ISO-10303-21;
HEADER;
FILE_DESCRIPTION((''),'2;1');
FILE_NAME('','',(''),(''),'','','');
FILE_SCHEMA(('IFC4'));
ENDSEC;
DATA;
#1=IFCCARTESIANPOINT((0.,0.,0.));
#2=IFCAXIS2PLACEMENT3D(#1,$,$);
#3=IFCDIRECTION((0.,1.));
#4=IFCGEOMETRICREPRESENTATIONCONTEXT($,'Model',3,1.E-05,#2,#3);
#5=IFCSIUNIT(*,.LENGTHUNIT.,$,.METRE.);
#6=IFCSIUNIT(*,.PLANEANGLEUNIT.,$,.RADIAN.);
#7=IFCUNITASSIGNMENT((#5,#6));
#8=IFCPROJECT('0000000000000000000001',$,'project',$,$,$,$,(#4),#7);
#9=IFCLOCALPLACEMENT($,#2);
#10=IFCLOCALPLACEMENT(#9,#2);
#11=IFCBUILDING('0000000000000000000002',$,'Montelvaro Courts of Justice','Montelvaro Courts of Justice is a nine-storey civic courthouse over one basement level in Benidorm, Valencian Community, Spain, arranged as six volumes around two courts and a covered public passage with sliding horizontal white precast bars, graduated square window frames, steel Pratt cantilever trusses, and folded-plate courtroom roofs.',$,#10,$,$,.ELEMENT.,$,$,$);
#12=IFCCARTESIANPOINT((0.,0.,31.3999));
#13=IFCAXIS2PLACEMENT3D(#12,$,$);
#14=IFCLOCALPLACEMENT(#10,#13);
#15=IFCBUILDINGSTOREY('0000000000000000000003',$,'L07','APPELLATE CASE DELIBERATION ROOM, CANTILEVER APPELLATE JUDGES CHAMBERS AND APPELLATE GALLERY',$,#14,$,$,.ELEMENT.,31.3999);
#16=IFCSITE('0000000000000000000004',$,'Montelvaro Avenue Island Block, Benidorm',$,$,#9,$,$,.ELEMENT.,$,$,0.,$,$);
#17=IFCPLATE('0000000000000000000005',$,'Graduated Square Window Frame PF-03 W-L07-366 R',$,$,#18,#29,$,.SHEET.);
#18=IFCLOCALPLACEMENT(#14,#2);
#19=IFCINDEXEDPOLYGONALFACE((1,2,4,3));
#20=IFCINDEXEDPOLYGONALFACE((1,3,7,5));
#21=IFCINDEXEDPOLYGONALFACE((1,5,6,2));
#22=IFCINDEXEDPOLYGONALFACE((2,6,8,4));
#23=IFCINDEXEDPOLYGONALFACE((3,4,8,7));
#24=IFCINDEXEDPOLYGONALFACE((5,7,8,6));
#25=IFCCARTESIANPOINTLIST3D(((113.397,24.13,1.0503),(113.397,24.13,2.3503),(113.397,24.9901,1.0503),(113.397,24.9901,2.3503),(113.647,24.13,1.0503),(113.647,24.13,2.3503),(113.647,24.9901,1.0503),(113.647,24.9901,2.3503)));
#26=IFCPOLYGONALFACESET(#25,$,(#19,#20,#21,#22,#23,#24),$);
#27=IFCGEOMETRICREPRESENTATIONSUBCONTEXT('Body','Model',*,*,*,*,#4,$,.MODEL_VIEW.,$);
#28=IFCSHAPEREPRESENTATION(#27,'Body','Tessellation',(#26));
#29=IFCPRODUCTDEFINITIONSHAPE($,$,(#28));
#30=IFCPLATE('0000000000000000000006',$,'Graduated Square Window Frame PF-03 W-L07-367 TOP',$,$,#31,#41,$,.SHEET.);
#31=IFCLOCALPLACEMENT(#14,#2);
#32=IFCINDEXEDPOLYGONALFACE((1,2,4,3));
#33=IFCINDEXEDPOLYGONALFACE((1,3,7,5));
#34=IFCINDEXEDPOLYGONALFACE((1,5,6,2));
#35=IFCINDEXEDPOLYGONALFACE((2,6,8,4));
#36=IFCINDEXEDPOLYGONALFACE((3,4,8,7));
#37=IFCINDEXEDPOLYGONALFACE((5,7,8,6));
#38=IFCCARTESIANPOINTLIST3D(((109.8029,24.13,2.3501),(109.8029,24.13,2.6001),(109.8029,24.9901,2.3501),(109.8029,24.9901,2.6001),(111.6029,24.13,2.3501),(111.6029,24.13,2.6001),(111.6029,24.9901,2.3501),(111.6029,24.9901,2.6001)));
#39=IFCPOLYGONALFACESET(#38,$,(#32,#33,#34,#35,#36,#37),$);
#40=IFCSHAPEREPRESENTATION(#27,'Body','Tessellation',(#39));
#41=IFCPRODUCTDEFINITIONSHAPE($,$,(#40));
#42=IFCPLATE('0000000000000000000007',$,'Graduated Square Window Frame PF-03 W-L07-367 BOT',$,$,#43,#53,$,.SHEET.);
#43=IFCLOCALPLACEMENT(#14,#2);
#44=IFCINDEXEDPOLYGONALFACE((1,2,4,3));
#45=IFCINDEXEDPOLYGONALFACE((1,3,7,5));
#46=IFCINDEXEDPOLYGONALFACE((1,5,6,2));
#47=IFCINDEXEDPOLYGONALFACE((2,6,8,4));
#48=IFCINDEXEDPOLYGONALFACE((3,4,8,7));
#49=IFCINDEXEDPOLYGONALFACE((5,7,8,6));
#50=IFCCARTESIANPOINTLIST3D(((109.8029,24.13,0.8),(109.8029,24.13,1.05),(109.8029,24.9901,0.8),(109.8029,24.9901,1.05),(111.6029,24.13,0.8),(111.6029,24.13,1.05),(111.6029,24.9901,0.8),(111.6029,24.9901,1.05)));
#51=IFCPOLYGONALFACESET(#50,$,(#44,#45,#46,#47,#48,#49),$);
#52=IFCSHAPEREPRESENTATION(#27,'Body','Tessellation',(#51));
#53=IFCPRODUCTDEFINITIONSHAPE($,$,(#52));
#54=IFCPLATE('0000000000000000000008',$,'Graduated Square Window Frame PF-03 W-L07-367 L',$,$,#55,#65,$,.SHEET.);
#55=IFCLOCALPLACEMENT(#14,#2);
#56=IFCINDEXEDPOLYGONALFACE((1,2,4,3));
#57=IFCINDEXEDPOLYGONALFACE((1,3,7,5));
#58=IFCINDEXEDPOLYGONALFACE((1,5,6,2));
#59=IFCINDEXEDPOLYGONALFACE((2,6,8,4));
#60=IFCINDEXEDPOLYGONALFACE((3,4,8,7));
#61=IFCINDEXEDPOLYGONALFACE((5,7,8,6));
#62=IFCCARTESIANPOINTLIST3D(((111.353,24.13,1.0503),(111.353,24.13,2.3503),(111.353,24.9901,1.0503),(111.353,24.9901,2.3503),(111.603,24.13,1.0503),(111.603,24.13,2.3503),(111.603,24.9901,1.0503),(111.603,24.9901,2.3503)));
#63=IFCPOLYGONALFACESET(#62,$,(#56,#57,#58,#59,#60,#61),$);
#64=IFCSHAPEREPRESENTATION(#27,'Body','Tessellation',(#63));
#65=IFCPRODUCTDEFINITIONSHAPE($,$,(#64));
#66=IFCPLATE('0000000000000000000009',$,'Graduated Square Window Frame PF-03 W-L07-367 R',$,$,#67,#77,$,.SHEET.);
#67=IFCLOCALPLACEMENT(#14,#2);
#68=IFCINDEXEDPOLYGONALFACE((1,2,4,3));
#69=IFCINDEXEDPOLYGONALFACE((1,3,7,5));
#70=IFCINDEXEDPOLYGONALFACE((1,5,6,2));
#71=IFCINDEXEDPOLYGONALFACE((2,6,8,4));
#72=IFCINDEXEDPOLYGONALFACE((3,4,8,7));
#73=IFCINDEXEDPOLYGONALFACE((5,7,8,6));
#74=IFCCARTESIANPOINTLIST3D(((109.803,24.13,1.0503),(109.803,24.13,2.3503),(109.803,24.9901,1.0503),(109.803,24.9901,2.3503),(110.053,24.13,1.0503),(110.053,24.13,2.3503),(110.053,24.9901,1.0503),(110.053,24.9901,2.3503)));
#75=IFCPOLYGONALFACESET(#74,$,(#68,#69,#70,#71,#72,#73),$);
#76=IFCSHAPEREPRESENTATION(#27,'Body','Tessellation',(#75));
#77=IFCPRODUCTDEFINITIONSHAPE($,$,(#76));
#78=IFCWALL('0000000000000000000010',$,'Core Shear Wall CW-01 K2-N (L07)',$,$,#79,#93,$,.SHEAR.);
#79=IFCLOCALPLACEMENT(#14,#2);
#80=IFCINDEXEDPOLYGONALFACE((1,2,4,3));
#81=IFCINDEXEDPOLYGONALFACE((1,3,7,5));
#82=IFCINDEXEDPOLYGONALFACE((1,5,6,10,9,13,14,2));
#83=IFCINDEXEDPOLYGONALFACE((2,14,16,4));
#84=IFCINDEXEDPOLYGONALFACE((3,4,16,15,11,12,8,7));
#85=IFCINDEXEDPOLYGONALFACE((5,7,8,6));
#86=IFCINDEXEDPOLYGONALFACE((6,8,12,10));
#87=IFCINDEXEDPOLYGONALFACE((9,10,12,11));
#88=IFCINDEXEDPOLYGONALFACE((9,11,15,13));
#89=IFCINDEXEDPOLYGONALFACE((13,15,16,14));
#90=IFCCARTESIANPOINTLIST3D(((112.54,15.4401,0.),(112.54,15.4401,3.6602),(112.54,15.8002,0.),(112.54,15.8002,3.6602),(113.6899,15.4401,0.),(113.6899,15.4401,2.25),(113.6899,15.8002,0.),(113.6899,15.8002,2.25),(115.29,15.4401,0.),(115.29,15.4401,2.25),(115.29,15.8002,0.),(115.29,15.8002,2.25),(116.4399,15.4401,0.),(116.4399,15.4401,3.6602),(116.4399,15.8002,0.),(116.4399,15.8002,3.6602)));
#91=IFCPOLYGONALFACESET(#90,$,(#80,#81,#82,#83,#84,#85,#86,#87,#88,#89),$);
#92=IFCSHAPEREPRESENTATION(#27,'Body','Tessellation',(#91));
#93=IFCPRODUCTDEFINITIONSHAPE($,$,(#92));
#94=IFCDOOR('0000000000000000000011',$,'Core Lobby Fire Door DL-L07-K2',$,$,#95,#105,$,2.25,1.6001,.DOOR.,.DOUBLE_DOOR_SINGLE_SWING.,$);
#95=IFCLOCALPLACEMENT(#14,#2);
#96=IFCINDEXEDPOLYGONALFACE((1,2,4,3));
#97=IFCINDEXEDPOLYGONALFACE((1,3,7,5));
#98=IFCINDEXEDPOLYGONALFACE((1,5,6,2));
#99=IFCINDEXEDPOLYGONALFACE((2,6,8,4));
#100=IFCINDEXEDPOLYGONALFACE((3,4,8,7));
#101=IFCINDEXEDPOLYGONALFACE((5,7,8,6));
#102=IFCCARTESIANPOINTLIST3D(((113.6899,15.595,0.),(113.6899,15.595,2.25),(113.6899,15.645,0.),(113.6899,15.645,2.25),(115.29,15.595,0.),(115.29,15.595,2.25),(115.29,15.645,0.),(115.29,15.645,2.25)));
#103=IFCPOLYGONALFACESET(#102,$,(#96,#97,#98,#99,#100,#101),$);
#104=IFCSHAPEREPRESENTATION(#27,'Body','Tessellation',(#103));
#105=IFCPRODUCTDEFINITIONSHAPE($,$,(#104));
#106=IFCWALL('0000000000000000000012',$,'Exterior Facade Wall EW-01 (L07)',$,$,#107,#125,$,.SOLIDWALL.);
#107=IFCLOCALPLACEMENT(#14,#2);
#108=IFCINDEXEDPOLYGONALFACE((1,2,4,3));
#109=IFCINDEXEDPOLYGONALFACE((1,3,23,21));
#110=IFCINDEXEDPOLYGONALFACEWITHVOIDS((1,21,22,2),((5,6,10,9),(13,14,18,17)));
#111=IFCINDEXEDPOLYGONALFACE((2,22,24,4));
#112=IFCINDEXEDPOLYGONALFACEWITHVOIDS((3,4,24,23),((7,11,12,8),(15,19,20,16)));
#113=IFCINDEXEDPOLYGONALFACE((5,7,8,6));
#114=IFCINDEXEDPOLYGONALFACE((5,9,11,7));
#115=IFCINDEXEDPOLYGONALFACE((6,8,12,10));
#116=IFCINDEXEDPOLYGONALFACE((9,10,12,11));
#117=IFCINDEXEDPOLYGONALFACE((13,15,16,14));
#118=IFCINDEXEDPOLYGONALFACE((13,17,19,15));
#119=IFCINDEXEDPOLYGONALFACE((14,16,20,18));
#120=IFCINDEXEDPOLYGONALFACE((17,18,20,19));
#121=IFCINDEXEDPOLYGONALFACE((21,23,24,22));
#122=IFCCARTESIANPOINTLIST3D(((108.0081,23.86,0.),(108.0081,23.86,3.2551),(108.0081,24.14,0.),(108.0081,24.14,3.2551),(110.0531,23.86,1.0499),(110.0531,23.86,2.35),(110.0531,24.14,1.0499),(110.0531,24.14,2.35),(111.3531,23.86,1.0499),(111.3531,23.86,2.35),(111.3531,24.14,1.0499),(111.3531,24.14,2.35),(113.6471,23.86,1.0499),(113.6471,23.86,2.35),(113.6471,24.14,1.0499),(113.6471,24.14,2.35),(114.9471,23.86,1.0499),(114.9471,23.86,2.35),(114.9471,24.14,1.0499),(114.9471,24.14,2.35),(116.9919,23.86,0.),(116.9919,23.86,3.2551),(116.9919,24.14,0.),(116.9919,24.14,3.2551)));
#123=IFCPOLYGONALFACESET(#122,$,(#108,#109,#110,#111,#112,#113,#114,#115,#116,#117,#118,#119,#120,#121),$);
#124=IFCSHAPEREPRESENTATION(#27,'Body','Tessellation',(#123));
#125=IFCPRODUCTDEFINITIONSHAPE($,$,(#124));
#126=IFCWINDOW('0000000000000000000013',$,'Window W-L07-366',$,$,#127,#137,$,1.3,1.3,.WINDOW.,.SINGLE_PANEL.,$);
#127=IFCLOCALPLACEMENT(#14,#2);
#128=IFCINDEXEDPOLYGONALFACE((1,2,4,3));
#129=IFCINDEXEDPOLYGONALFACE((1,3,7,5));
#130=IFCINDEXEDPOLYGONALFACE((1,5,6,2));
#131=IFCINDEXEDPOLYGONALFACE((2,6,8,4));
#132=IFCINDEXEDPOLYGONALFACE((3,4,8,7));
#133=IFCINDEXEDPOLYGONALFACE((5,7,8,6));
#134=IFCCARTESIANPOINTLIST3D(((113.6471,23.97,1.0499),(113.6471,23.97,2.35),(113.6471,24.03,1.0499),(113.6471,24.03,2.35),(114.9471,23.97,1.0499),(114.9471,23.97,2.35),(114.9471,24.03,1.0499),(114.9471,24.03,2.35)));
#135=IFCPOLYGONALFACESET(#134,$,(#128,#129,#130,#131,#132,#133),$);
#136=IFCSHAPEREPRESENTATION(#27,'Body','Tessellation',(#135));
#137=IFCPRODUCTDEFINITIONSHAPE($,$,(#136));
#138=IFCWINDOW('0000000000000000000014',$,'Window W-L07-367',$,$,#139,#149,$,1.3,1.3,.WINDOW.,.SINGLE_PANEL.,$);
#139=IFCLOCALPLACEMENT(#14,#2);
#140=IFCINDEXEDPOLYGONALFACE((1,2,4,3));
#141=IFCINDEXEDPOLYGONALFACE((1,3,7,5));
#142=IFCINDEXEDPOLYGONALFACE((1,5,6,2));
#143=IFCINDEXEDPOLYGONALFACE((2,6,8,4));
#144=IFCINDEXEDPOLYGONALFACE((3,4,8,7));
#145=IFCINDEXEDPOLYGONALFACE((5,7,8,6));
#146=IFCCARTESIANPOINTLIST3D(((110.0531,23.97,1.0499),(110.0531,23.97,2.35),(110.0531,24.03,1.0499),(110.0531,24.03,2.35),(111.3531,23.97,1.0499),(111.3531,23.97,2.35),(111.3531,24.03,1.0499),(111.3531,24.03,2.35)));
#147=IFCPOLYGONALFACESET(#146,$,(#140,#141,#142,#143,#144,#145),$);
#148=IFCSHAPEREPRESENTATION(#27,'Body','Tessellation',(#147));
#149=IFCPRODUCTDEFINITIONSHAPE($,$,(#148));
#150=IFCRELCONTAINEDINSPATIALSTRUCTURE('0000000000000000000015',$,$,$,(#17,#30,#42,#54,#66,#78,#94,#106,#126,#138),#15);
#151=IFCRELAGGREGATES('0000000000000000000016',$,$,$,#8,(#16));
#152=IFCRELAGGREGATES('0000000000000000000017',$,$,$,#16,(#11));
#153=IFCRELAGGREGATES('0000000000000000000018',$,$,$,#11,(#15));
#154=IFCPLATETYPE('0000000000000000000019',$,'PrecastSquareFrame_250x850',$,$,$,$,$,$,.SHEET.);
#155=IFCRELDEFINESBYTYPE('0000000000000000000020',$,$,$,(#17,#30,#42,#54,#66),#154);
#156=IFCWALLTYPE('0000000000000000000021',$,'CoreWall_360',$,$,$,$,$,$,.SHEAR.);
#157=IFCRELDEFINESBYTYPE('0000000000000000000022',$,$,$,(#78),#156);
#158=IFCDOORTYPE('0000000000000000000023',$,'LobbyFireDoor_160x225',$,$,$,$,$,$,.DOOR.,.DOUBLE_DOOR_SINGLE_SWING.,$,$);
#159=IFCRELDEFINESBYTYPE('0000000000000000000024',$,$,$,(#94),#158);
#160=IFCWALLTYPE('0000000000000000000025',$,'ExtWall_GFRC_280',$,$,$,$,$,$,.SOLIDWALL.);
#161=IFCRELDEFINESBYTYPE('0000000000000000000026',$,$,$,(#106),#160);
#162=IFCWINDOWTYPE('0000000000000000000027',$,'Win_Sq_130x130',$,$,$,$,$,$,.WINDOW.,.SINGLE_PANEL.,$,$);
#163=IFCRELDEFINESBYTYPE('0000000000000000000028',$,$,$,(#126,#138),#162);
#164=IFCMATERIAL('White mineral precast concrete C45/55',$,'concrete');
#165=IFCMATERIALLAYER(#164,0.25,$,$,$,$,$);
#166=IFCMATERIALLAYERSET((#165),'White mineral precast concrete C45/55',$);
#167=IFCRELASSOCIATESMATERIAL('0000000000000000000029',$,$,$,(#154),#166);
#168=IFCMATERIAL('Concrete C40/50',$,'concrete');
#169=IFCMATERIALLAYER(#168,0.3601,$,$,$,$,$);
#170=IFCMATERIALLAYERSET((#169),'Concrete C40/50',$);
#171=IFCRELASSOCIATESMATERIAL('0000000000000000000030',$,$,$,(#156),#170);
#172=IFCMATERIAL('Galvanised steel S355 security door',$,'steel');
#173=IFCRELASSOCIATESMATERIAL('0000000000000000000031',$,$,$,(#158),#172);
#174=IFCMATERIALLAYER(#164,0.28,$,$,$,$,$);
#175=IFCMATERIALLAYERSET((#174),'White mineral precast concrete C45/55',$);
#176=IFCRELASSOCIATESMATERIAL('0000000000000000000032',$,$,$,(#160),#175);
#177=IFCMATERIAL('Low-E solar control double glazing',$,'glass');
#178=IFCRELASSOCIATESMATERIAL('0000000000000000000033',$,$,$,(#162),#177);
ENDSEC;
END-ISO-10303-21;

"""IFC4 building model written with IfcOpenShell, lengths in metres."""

from ifc_helpers import new_model, si_unit, direction, frame, frame_2d, origin, origin_2d, place, context, subcontext, project, spatial, rectangle, extrude, material, layer, layer_set, type_object, element, fill, save


model = new_model("IFC4")

# Units and contexts
model_context = context("Model", 3, precision=1e-05, world=origin(), true_north=direction((0.0, 1.0)))
body_context = subcontext(model_context, "Body", "Model", "MODEL_VIEW")
ifc_project = project(units=[si_unit("LENGTHUNIT", "METRE"), si_unit("PLANEANGLEUNIT", "RADIAN")], contexts=[model_context])

# Site, building, storey
site_placement = place(None, origin())
site = spatial("IfcSite", under=ifc_project, at=site_placement, Name="Montelvaro Avenue Island Block, Benidorm", CompositionType="ELEMENT", RefElevation=0.0)
building_placement = place(site_placement, origin())
building = spatial("IfcBuilding", under=site, at=building_placement, Name="Montelvaro Courts of Justice", Description="Montelvaro Courts of Justice is a nine-storey civic courthouse over one basement level in Benidorm, Valencian Community, Spain, arranged as six volumes around two courts and a covered public passage with sliding horizontal white precast bars, graduated square window frames, steel Pratt cantilever trusses, and folded-plate courtroom roofs.", CompositionType="ELEMENT")
storey_placement = place(building_placement, frame((0.0, 0.0, 31.3999)))
storey = spatial("IfcBuildingStorey", under=building, at=storey_placement, Name="L07", Description="APPELLATE CASE DELIBERATION ROOM, CANTILEVER APPELLATE JUDGES CHAMBERS AND APPELLATE GALLERY", CompositionType="ELEMENT", Elevation=31.3999)

# Plates
ifc_material_1 = material(Name="White mineral precast concrete C45/55", Category="concrete")
ifc_layer_1 = layer(ifc_material_1, 0.25)
ifc_layer_set_1 = layer_set([ifc_layer_1], Name="White mineral precast concrete C45/55")
plate_type_1 = type_object("IfcPlateType", Name="PrecastSquareFrame_250x850", PredefinedType="SHEET", material=ifc_layer_set_1)
for number, where, z_axis, x_axis, name in (
    (1, (113.522, 24.5601, 1.0503), (0.0, 0.0, 1.0), (-1.0, 0.0, 0.0), "Graduated Square Window Frame PF-03 W-L07-366 R"),
):
    element("IfcPlate", number, at=place(storey_placement, frame(where, z_axis=z_axis, x_axis=x_axis)), inside=storey, type_object=plate_type_1, Name=name, PredefinedType="SHEET", context=body_context, shape_type="SweptSolid", body=[
        extrude(rectangle(XDim=0.25, YDim=0.8601, at=origin_2d()), origin(), (0.0, 0.0, 1.0), 1.3),
    ])
for number, where, z_axis, x_axis, name in (
    (2, (110.7029, 24.5601, 2.3501), (0.0, 0.0, 1.0), (-1.0, 0.0, 0.0), "Graduated Square Window Frame PF-03 W-L07-367 TOP"),
    (3, (110.7029, 24.5601, 0.8), (0.0, 0.0, 1.0), (-1.0, 0.0, 0.0), "Graduated Square Window Frame PF-03 W-L07-367 BOT"),
):
    element("IfcPlate", number, at=place(storey_placement, frame(where, z_axis=z_axis, x_axis=x_axis)), inside=storey, type_object=plate_type_1, Name=name, PredefinedType="SHEET", context=body_context, shape_type="SweptSolid", body=[
        extrude(rectangle(XDim=1.8, YDim=0.8601, at=origin_2d()), origin(), (0.0, 0.0, 1.0), 0.25),
    ])
for number, where, z_axis, x_axis, name in (
    (4, (111.478, 24.5601, 1.0503), (0.0, 0.0, 1.0), (-1.0, 0.0, 0.0), "Graduated Square Window Frame PF-03 W-L07-367 L"),
    (5, (109.928, 24.5601, 1.0503), (0.0, 0.0, 1.0), (-1.0, 0.0, 0.0), "Graduated Square Window Frame PF-03 W-L07-367 R"),
):
    element("IfcPlate", number, at=place(storey_placement, frame(where, z_axis=z_axis, x_axis=x_axis)), inside=storey, type_object=plate_type_1, Name=name, PredefinedType="SHEET", context=body_context, shape_type="SweptSolid", body=[
        extrude(rectangle(XDim=0.25, YDim=0.8601, at=origin_2d()), origin(), (0.0, 0.0, 1.0), 1.3),
    ])

# Wall, opening, door
ifc_material_2 = material(Name="Concrete C40/50", Category="concrete")
ifc_layer_2 = layer(ifc_material_2, 0.3601)
ifc_layer_set_2 = layer_set([ifc_layer_2], Name="Concrete C40/50")
wall_type_1 = type_object("IfcWallType", Name="CoreWall_360", PredefinedType="SHEAR", material=ifc_layer_set_2)
wall_1_placement = place(storey_placement, frame((112.54, 15.6201, 0.0), z_axis=(0.0, 0.0, 1.0), x_axis=(1.0, 0.0, 0.0)))
wall_1 = element("IfcWall", 6, at=wall_1_placement, inside=storey, type_object=wall_type_1, Name="Core Shear Wall CW-01 K2-N (L07)", PredefinedType="SHEAR", context=body_context, shape_type="SweptSolid", body=[
    extrude(rectangle(XDim=3.8999, YDim=0.3601, at=frame_2d((1.95, 0.0))), origin(), (0.0, 0.0, 1.0), 3.6602),
])
opening_1_placement = place(wall_1_placement, frame((1.1499, 0.0, 0.0)))
opening_1 = element("IfcOpeningElement", 7, at=opening_1_placement, cuts=wall_1, PredefinedType="OPENING", context=body_context, shape_type="SweptSolid", body=[
    extrude(rectangle(XDim=1.6001, YDim=2.25, at=frame_2d((0.8, 1.125))), frame((0.0, 0.1948, 0.0), z_axis=(0.0, -1.0, 0.0), x_axis=(1.0, 0.0, 0.0)), (0.0, 0.0, 1.0), 0.3899),
])
ifc_material_3 = material(Name="Galvanised steel S355 security door", Category="steel")
door_type_1 = type_object("IfcDoorType", Name="LobbyFireDoor_160x225", OperationType="DOUBLE_DOOR_SINGLE_SWING", PredefinedType="DOOR", material=ifc_material_3)
door_1_placement = place(opening_1_placement, origin())
door_1 = element("IfcDoor", 8, at=door_1_placement, inside=storey, type_object=door_type_1, Name="Core Lobby Fire Door DL-L07-K2", OperationType="DOUBLE_DOOR_SINGLE_SWING", OverallHeight=2.25, OverallWidth=1.6001, PredefinedType="DOOR", context=body_context, shape_type="SweptSolid", body=[
    extrude(rectangle(XDim=1.6001, YDim=2.25, at=frame_2d((0.8, 1.125))), frame((0.0, 0.0249, 0.0), z_axis=(0.0, -1.0, 0.0), x_axis=(1.0, 0.0, 0.0)), (0.0, 0.0, 1.0), 0.05),
])
fill(opening_1, door_1)

# Wall, openings, windows
ifc_layer_3 = layer(ifc_material_1, 0.28)
ifc_layer_set_3 = layer_set([ifc_layer_3], Name="White mineral precast concrete C45/55")
wall_type_2 = type_object("IfcWallType", Name="ExtWall_GFRC_280", PredefinedType="SOLIDWALL", material=ifc_layer_set_3)
wall_2_placement = place(storey_placement, frame((116.9919, 24.0, 0.0), z_axis=(0.0, 0.0, 1.0), x_axis=(-1.0, 0.0, 0.0)))
wall_2 = element("IfcWall", 9, at=wall_2_placement, inside=storey, type_object=wall_type_2, Name="Exterior Facade Wall EW-01 (L07)", PredefinedType="SOLIDWALL", context=body_context, shape_type="SweptSolid", body=[
    extrude(rectangle(XDim=8.9839, YDim=0.28, at=frame_2d((4.4919, 0.0))), origin(), (0.0, 0.0, 1.0), 3.2551),
])
opening_2_placement = place(wall_2_placement, frame((2.0449, 0.0, 1.05)))
opening_2 = element("IfcOpeningElement", 10, at=opening_2_placement, cuts=wall_2, PredefinedType="OPENING", context=body_context, shape_type="SweptSolid", body=[
    extrude(rectangle(XDim=1.3, YDim=1.3, at=frame_2d((0.6499, 0.6499))), frame((0.0, 0.1548, 0.0), z_axis=(0.0, -1.0, 0.0), x_axis=(1.0, 0.0, 0.0)), (0.0, 0.0, 1.0), 0.3098),
])
opening_3_placement = place(wall_2_placement, frame((5.6389, 0.0, 1.05)))
opening_3 = element("IfcOpeningElement", 11, at=opening_3_placement, cuts=wall_2, PredefinedType="OPENING", context=body_context, shape_type="SweptSolid", body=[
    extrude(rectangle(XDim=1.3, YDim=1.3, at=frame_2d((0.6499, 0.6499))), frame((0.0, 0.1548, 0.0), z_axis=(0.0, -1.0, 0.0), x_axis=(1.0, 0.0, 0.0)), (0.0, 0.0, 1.0), 0.3098),
])
ifc_material_4 = material(Name="Low-E solar control double glazing", Category="glass")
window_type = type_object("IfcWindowType", Name="Win_Sq_130x130", PartitioningType="SINGLE_PANEL", PredefinedType="WINDOW", material=ifc_material_4)
window_1_placement = place(opening_2_placement, origin())
window_1 = element("IfcWindow", 12, at=window_1_placement, inside=storey, type_object=window_type, Name="Window W-L07-366", OverallHeight=1.3, OverallWidth=1.3, PartitioningType="SINGLE_PANEL", PredefinedType="WINDOW", context=body_context, shape_type="SweptSolid", body=[
    extrude(rectangle(XDim=1.3, YDim=1.3, at=frame_2d((0.6499, 0.6499))), frame((0.0, 0.03, 0.0), z_axis=(0.0, -1.0, 0.0), x_axis=(1.0, 0.0, 0.0)), (0.0, 0.0, 1.0), 0.0601),
])
fill(opening_2, window_1)
window_2_placement = place(opening_3_placement, origin())
window_2 = element("IfcWindow", 13, at=window_2_placement, inside=storey, type_object=window_type, Name="Window W-L07-367", OverallHeight=1.3, OverallWidth=1.3, PartitioningType="SINGLE_PANEL", PredefinedType="WINDOW", context=body_context, shape_type="SweptSolid", body=[
    extrude(rectangle(XDim=1.3, YDim=1.3, at=frame_2d((0.6499, 0.6499))), frame((0.0, 0.03, 0.0), z_axis=(0.0, -1.0, 0.0), x_axis=(1.0, 0.0, 0.0)), (0.0, 0.0, 1.0), 0.0601),
])
fill(opening_3, window_2)

save(model, "model.ifc")
